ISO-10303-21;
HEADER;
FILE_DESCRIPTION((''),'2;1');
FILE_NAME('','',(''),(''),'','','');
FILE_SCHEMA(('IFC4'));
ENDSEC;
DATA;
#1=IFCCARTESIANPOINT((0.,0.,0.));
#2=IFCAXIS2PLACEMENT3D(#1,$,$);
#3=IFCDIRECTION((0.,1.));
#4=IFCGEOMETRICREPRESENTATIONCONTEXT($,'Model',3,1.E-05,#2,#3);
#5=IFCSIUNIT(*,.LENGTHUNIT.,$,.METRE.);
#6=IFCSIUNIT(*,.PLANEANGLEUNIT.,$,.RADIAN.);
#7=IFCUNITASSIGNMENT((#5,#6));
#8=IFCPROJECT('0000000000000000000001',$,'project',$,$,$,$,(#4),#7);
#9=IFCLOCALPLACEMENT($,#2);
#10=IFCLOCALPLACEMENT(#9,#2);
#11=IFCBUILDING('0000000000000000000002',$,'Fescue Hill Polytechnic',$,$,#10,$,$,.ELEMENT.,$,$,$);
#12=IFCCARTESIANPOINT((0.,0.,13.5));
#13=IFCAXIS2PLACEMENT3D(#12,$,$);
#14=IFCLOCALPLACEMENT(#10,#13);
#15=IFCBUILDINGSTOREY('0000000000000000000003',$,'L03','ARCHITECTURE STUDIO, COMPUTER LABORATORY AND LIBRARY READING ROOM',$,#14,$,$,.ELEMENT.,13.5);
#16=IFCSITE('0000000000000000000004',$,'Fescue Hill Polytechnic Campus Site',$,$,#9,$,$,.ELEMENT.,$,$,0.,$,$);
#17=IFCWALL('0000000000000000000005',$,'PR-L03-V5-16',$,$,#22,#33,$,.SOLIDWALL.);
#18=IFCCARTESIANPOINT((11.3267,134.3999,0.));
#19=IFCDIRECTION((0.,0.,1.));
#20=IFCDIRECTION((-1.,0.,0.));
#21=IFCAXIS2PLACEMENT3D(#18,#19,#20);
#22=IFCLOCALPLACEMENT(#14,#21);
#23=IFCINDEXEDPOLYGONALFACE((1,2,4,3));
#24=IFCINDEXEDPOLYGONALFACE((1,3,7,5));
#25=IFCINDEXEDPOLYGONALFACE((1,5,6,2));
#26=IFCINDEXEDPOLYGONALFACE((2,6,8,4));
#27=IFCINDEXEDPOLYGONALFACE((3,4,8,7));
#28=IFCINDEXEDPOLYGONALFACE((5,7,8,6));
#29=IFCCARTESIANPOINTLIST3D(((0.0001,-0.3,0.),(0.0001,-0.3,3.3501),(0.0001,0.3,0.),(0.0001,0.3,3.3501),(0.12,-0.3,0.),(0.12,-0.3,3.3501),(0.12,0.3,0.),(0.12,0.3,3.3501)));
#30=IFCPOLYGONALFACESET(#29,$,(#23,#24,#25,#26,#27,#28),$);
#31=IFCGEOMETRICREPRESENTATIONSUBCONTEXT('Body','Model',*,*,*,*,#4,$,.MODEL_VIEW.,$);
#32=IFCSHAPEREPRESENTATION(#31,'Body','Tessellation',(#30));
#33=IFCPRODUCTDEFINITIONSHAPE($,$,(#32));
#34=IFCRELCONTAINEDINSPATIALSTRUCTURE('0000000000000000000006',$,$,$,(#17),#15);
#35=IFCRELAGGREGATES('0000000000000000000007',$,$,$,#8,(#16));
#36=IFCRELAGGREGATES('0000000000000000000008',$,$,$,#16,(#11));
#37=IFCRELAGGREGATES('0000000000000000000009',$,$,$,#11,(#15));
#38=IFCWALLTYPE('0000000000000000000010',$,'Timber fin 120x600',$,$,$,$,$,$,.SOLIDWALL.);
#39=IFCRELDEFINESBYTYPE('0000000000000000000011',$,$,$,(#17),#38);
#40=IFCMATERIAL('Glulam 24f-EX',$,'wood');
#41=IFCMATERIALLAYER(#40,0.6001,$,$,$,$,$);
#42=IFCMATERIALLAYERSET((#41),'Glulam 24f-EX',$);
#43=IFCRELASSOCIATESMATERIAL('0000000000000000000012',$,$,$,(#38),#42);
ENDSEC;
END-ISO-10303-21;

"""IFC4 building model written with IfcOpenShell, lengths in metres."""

from ifc_helpers import new_model, si_unit, direction, frame, frame_2d, origin, place, context, subcontext, project, spatial, rectangle, extrude, material, layer, layer_set, type_object, element, save


model = new_model("IFC4")

# Units and contexts
model_context = context("Model", 3, precision=1e-05, world=origin(), true_north=direction((0.0, 1.0)))
body_context = subcontext(model_context, "Body", "Model", "MODEL_VIEW")
ifc_project = project(units=[si_unit("LENGTHUNIT", "METRE"), si_unit("PLANEANGLEUNIT", "RADIAN")], contexts=[model_context])

# Site, building, storey
site_placement = place(None, origin())
site = spatial("IfcSite", under=ifc_project, at=site_placement, Name="Fescue Hill Polytechnic Campus Site", CompositionType="ELEMENT", RefElevation=0.0)
building_placement = place(site_placement, origin())
building = spatial("IfcBuilding", under=site, at=building_placement, Name="Fescue Hill Polytechnic", CompositionType="ELEMENT")
storey_placement = place(building_placement, frame((0.0, 0.0, 13.5)))
storey = spatial("IfcBuildingStorey", under=building, at=storey_placement, Name="L03", Description="ARCHITECTURE STUDIO, COMPUTER LABORATORY AND LIBRARY READING ROOM", CompositionType="ELEMENT", Elevation=13.5)

# Wall
ifc_material_1 = material(Name="Glulam 24f-EX", Category="wood")
ifc_layer_1 = layer(ifc_material_1, 0.6001)
ifc_layer_set_1 = layer_set([ifc_layer_1], Name="Glulam 24f-EX")
wall_type_1 = type_object("IfcWallType", Name="Timber fin 120x600", PredefinedType="SOLIDWALL", material=ifc_layer_set_1)
wall_1_placement = place(storey_placement, frame((11.3267, 134.3999, 0.0), z_axis=(0.0, 0.0, 1.0), x_axis=(-1.0, 0.0, 0.0)))
element("IfcWall", 1, at=wall_1_placement, inside=storey, type_object=wall_type_1, Name="PR-L03-V5-16", PredefinedType="SOLIDWALL", context=body_context, shape_type="SweptSolid", body=[
    extrude(rectangle(XDim=0.1199, YDim=0.6001, at=frame_2d((0.0601, 0.0))), origin(), (0.0, 0.0, 1.0), 3.3501),
])

save(model, "model.ifc")
